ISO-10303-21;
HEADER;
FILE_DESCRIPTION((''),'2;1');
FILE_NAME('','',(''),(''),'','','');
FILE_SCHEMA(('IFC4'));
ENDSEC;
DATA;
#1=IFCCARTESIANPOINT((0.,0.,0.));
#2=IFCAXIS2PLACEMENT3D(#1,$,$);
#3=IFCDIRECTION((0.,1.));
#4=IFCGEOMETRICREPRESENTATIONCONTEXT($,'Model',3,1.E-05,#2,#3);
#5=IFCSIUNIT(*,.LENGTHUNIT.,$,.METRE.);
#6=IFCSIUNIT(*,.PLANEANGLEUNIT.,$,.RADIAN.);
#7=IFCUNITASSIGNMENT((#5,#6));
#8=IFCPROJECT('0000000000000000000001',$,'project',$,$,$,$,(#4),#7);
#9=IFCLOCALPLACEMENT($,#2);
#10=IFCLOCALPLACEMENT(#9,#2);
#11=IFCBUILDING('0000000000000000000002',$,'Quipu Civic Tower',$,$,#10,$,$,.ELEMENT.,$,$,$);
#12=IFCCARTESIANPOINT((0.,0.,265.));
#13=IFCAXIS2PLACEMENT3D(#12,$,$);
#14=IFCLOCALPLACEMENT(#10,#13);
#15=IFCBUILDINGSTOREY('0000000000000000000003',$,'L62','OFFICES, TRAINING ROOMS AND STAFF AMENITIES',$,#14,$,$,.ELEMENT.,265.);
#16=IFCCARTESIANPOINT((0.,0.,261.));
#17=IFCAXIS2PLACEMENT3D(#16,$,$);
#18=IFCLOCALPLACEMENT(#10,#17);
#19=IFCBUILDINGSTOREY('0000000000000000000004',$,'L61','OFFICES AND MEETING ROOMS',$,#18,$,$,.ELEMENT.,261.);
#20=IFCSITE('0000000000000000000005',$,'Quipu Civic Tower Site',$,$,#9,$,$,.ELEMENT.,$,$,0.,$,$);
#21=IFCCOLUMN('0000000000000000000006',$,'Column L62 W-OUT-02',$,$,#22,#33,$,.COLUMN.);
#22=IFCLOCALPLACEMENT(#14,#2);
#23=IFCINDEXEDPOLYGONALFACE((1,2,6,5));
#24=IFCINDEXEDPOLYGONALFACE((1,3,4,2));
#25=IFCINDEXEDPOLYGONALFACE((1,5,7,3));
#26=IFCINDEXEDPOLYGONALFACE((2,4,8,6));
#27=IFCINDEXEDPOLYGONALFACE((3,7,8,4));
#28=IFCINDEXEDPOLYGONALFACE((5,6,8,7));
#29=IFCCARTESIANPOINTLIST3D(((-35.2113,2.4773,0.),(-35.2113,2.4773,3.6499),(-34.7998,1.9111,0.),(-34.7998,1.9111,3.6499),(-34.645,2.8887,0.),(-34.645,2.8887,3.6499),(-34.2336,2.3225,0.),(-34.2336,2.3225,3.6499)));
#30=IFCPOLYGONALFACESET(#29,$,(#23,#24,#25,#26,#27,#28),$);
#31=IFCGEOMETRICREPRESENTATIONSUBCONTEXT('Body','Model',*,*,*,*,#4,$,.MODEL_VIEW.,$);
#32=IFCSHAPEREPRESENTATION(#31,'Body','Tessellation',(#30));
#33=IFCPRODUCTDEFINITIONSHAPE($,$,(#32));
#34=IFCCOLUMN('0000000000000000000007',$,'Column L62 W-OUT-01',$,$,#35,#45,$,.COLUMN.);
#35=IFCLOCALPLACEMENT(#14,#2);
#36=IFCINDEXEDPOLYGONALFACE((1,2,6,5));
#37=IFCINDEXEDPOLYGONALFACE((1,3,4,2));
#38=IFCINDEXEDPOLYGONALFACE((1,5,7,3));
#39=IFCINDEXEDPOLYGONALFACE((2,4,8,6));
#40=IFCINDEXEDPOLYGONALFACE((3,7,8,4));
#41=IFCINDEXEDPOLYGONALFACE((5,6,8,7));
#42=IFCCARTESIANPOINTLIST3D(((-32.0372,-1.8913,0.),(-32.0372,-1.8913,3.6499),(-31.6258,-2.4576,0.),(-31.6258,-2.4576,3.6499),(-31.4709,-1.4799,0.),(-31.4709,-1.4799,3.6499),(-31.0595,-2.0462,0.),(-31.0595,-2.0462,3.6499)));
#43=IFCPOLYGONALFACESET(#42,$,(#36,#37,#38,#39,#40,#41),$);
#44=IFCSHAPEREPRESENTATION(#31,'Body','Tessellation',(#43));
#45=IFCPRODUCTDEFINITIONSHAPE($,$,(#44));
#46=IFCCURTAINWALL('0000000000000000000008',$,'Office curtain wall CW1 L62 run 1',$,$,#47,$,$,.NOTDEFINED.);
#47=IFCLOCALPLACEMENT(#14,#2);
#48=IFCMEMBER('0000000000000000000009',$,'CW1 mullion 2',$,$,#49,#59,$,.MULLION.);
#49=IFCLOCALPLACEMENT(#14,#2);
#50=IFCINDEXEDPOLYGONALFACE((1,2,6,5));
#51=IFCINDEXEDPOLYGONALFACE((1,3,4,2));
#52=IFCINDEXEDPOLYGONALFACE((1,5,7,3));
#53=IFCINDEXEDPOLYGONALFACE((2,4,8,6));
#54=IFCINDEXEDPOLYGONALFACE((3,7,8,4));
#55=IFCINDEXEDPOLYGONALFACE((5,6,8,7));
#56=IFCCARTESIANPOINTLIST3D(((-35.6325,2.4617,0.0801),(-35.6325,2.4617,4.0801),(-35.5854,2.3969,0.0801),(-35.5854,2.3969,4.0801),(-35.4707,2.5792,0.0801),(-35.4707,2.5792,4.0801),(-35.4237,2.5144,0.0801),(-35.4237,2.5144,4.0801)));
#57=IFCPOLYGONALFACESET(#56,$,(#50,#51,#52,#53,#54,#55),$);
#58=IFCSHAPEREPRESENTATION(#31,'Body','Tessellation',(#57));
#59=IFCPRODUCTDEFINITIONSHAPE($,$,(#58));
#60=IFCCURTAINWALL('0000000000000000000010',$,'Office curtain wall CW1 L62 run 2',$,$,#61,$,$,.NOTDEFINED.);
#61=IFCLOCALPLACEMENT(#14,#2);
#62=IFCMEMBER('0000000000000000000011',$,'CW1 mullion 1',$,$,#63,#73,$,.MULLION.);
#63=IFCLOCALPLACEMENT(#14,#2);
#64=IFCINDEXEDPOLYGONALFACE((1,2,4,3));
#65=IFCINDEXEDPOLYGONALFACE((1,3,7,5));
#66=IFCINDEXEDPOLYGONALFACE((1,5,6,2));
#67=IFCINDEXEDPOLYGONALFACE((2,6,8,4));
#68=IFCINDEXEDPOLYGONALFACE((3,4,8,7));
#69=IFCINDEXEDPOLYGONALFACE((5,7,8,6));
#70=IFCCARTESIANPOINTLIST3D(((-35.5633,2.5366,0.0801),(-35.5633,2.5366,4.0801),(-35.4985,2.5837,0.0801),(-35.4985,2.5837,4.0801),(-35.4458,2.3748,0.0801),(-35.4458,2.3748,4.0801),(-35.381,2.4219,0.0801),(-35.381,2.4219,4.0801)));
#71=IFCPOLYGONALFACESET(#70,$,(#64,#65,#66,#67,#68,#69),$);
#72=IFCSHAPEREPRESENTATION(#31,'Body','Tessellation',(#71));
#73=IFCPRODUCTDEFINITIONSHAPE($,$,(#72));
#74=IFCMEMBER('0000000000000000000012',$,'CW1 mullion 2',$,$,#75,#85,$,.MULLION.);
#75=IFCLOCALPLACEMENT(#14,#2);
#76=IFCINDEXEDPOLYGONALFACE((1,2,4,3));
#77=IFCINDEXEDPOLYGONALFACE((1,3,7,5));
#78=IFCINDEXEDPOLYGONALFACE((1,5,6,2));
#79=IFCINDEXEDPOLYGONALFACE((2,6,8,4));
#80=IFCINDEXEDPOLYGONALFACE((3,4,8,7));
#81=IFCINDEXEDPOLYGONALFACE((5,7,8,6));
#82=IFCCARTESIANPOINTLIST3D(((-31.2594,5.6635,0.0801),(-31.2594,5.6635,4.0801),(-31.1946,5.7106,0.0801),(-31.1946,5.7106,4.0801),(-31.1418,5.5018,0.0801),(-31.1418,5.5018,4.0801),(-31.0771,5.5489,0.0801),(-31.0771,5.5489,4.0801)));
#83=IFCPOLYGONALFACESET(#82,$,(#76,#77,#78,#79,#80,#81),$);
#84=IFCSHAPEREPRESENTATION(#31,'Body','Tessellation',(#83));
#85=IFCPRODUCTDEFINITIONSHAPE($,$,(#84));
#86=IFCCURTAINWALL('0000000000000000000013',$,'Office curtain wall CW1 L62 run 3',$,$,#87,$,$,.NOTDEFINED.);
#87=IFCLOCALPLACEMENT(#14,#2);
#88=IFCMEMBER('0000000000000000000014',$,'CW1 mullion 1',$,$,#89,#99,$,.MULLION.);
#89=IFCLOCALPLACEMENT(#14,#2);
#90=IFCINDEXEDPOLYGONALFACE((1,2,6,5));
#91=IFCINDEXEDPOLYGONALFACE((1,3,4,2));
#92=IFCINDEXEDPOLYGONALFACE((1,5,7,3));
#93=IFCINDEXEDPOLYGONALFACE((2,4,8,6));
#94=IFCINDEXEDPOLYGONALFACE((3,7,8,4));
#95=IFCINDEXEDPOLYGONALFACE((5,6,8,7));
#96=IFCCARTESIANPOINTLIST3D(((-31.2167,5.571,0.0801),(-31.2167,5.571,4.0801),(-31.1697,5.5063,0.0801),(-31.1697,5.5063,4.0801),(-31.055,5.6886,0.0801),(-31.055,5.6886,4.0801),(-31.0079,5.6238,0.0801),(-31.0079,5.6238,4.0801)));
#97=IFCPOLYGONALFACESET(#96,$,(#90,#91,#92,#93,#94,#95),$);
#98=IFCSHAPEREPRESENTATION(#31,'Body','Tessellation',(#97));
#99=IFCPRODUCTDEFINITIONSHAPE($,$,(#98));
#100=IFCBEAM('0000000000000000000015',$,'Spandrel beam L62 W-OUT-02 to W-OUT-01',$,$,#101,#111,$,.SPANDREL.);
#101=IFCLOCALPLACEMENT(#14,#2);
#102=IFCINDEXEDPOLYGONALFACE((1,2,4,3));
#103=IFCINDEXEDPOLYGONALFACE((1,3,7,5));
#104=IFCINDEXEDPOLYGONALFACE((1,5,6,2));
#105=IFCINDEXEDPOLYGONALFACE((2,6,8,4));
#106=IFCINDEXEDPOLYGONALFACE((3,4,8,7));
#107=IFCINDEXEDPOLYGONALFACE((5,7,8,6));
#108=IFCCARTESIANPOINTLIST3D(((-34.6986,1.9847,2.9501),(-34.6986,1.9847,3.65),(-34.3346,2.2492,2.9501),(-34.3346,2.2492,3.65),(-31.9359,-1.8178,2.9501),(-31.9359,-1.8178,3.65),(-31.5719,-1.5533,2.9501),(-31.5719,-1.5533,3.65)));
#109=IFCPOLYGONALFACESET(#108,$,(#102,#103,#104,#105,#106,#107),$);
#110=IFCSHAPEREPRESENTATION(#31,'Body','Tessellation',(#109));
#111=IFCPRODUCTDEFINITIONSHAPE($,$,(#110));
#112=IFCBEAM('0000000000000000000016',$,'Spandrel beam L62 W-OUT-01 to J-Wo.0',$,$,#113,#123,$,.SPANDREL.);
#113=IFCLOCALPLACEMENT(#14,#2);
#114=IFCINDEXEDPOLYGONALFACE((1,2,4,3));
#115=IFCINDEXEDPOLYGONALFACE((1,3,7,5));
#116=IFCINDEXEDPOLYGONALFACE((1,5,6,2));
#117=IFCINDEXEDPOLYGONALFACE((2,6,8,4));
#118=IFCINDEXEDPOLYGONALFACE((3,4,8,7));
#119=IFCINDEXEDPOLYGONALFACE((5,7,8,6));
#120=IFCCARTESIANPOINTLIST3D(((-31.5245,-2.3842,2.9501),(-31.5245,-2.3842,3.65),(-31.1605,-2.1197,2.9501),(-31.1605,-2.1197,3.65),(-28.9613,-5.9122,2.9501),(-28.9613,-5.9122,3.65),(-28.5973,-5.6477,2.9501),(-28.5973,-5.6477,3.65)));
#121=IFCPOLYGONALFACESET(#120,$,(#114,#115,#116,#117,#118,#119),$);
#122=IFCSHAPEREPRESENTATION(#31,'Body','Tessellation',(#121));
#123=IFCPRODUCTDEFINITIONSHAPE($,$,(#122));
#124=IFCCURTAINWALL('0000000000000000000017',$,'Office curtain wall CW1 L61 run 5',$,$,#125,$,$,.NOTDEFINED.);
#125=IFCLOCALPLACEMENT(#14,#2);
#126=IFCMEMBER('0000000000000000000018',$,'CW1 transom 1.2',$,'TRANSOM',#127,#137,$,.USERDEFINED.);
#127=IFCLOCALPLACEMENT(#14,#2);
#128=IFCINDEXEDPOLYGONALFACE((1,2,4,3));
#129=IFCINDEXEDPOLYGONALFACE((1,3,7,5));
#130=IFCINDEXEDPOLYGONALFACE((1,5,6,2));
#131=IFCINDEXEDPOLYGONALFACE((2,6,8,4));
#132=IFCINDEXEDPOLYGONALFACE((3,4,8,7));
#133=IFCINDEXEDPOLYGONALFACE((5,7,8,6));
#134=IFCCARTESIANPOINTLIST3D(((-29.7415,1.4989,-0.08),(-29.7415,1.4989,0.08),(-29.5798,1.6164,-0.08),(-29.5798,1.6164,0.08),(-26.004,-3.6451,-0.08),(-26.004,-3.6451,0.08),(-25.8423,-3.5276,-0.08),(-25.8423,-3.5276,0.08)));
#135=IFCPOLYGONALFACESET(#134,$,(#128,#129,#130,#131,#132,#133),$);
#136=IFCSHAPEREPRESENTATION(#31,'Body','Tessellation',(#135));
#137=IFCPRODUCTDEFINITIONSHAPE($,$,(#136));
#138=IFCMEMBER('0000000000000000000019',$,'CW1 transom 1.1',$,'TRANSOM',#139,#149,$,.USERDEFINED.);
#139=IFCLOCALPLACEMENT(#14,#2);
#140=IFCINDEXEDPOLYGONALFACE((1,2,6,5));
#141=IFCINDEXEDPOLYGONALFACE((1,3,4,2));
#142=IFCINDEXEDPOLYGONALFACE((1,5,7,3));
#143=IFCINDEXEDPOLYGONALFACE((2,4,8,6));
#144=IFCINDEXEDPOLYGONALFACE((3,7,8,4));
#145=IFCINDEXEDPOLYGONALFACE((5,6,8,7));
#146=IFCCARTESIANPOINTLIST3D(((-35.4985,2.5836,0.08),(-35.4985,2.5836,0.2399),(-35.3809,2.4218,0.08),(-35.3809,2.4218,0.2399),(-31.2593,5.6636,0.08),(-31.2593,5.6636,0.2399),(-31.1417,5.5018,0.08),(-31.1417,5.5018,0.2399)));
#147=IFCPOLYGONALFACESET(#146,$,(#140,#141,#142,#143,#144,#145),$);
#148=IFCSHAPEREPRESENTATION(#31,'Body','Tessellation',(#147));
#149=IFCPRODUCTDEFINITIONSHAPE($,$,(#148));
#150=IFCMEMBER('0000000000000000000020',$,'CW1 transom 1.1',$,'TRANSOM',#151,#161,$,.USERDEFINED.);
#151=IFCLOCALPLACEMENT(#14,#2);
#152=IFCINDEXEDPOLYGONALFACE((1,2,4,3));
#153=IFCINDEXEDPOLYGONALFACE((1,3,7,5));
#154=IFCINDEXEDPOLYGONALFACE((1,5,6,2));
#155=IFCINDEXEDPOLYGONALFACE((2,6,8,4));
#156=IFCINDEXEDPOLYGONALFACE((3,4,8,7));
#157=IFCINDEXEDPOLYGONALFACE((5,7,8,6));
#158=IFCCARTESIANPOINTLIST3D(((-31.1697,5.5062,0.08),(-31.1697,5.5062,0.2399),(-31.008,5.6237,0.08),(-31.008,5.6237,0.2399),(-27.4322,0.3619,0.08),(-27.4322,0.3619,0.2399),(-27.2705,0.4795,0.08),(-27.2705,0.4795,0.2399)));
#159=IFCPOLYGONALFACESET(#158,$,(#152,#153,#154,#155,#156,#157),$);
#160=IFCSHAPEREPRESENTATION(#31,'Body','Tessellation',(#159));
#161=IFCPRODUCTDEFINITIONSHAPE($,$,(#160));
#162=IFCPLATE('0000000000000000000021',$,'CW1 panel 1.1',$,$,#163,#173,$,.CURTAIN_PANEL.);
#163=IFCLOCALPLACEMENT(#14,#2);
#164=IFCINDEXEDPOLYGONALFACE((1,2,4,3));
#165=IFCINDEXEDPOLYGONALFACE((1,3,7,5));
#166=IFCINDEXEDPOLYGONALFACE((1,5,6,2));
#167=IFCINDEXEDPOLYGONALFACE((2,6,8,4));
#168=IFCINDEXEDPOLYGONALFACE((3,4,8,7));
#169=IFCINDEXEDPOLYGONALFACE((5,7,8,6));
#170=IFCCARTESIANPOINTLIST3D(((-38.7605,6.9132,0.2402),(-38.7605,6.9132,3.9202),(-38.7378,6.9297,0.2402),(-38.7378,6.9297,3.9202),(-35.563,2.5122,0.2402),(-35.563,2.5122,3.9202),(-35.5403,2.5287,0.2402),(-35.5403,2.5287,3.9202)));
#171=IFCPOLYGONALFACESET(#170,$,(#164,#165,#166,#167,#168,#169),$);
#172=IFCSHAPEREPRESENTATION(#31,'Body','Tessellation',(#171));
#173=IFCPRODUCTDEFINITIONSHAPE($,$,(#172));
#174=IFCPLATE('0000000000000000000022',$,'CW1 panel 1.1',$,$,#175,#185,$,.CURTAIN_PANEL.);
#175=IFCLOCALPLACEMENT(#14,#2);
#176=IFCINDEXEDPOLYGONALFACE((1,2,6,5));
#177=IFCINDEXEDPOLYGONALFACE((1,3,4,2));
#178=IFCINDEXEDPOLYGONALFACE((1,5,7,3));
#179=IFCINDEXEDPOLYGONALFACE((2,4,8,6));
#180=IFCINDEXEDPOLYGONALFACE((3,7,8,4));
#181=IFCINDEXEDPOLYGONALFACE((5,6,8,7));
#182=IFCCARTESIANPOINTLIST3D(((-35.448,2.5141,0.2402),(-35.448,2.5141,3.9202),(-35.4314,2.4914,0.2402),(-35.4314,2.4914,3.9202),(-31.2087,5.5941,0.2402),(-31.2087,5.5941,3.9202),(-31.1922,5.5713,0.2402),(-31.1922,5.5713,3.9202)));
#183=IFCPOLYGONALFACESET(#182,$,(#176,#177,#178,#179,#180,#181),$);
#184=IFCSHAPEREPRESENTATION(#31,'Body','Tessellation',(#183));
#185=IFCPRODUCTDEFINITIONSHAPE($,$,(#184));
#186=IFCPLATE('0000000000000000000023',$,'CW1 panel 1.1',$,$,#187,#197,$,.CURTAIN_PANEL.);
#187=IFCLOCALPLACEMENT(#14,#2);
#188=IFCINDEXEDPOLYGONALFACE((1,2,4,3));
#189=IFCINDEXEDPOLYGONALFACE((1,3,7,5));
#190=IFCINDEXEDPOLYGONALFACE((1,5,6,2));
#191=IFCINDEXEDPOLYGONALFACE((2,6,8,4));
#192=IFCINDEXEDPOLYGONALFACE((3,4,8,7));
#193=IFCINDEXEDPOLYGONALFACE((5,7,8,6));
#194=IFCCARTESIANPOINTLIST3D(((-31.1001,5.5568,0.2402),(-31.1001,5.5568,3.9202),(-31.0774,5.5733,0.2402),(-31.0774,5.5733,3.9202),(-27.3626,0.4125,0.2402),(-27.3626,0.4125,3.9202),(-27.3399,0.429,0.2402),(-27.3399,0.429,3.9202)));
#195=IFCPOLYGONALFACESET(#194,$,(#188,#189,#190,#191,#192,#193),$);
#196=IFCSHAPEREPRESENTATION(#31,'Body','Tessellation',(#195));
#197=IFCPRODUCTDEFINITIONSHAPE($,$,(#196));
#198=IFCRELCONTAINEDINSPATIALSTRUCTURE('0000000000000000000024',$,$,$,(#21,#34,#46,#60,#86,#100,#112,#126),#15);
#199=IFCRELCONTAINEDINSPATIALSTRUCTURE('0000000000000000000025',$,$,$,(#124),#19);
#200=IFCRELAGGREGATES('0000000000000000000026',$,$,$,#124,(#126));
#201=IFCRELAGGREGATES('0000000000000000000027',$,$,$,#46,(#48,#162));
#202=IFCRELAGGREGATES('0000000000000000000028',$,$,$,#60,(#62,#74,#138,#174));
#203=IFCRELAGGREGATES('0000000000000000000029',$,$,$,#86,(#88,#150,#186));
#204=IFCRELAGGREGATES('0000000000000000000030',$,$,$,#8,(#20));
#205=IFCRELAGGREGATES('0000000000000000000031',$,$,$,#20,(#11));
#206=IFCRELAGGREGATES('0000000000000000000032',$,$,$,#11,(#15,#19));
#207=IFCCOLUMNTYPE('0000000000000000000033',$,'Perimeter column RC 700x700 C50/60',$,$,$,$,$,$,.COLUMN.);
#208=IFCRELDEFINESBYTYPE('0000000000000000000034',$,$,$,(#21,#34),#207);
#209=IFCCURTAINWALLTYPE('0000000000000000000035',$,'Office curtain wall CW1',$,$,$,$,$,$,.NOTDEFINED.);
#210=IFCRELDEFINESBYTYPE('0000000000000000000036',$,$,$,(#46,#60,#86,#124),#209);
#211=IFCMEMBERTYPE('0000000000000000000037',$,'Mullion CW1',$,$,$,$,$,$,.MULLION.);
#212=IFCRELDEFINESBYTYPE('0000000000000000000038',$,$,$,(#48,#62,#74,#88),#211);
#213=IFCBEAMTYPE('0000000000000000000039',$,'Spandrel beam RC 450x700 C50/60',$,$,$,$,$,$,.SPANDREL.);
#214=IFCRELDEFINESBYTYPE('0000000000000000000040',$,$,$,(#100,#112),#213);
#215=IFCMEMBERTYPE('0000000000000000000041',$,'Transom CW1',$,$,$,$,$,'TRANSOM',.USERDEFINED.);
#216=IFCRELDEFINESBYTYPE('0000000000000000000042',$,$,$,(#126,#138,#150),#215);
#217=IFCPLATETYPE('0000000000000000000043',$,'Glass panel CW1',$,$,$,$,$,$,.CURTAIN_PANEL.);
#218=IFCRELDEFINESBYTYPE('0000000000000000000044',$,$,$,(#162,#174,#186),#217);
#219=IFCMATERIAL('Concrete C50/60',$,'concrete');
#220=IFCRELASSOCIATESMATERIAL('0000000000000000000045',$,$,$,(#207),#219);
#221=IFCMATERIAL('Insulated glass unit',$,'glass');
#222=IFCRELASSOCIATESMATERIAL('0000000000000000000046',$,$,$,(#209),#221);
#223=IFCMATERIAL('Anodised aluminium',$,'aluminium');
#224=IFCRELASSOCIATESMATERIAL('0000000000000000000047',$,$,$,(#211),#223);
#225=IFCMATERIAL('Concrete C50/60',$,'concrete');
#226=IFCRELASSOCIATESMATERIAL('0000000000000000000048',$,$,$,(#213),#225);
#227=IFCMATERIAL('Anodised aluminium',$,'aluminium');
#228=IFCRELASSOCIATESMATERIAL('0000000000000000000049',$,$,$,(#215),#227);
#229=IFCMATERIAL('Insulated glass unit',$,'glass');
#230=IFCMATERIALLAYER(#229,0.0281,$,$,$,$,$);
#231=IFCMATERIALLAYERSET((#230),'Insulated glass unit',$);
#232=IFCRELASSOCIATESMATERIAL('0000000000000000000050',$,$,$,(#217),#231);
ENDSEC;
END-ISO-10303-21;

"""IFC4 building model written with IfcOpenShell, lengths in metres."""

from ifc_helpers import new_model, si_unit, direction, frame, origin, origin_2d, place, context, subcontext, project, spatial, rectangle, extrude, material, layer, layer_set, material_profile, profile_set, type_object, element, aggregate, save


model = new_model("IFC4")

# Units and contexts
model_context = context("Model", 3, precision=1e-05, world=origin(), true_north=direction((0.0, 1.0)))
body_context = subcontext(model_context, "Body", "Model", "MODEL_VIEW")
ifc_project = project(units=[si_unit("LENGTHUNIT", "METRE"), si_unit("PLANEANGLEUNIT", "RADIAN")], contexts=[model_context])

# Site, building, storey
site_placement = place(None, origin())
site = spatial("IfcSite", under=ifc_project, at=site_placement, Name="Quipu Civic Tower Site", CompositionType="ELEMENT", RefElevation=0.0)
building_placement = place(site_placement, origin())
building = spatial("IfcBuilding", under=site, at=building_placement, Name="Quipu Civic Tower", CompositionType="ELEMENT")
storey_1_placement = place(building_placement, frame((0.0, 0.0, 265.0)))
storey_1 = spatial("IfcBuildingStorey", under=building, at=storey_1_placement, Name="L62", Description="OFFICES, TRAINING ROOMS AND STAFF AMENITIES", CompositionType="ELEMENT", Elevation=265.0)

# Columns
ifc_material_1 = material(Name="Concrete C50/60", Category="concrete")
ifc_material_profile_1 = material_profile(ifc_material_1, rectangle(XDim=0.7, YDim=0.7, at=origin_2d()), Name="RC700x700")
ifc_profile_set_1 = profile_set([ifc_material_profile_1], Name="Concrete C50/60")
column_type = type_object("IfcColumnType", Name="Perimeter column RC 700x700 C50/60", PredefinedType="COLUMN", material=ifc_profile_set_1)
for number, where, z_axis, x_axis, name in (
    (1, (-34.7224, 2.3999, 0.0), (0.0, 0.0, 1.0), (0.587785, -0.809017, 0.0), "Column L62 W-OUT-02"),
    (2, (-31.5483, -1.9688, 0.0), (0.0, 0.0, 1.0), (0.587785, -0.809017, 0.0), "Column L62 W-OUT-01"),
):
    element("IfcColumn", number, at=place(storey_1_placement, frame(where, z_axis=z_axis, x_axis=x_axis)), inside=storey_1, type_object=column_type, Name=name, PredefinedType="COLUMN", context=body_context, shape_type="SweptSolid", body=[
        extrude(rectangle(XDim=0.7, YDim=0.7, at=origin_2d()), origin(), (0.0, 0.0, 1.0), 3.6499),
    ])

# Curtain wall, member
ifc_material_2 = material(Name="Insulated glass unit", Category="glass")
curtain_wall_type = type_object("IfcCurtainWallType", Name="Office curtain wall CW1", PredefinedType="NOTDEFINED", material=ifc_material_2)
curtain_wall_1_placement = place(storey_1_placement, origin())
curtain_wall_1 = element("IfcCurtainWall", 3, at=curtain_wall_1_placement, inside=storey_1, type_object=curtain_wall_type, Name="Office curtain wall CW1 L62 run 1", PredefinedType="NOTDEFINED")
ifc_material_3 = material(Name="Anodised aluminium", Category="aluminium")
ifc_material_profile_2 = material_profile(ifc_material_3, rectangle(XDim=0.2, YDim=0.0801, at=origin_2d()), Name="RECT 200x80")
ifc_profile_set_2 = profile_set([ifc_material_profile_2], Name="Anodised aluminium")
member_type_1 = type_object("IfcMemberType", Name="Mullion CW1", PredefinedType="MULLION", material=ifc_profile_set_2)
member_1_placement = place(storey_1_placement, frame((-35.5281, 2.488, 0.0801), z_axis=(0.0, 0.0, 1.0), x_axis=(0.809011, 0.587794, 0.0)))
member_1 = element("IfcMember", 4, at=member_1_placement, type_object=member_type_1, Name="CW1 mullion 2", PredefinedType="MULLION", context=body_context, shape_type="SweptSolid", body=[
    extrude(rectangle(XDim=0.2, YDim=0.0801, at=origin_2d()), origin(), (0.0, 0.0, 1.0), 4.0),
])

# Curtain wall, members
curtain_wall_2_placement = place(storey_1_placement, origin())
curtain_wall_2 = element("IfcCurtainWall", 5, at=curtain_wall_2_placement, inside=storey_1, type_object=curtain_wall_type, Name="Office curtain wall CW1 L62 run 2", PredefinedType="NOTDEFINED")
member_2_placement = place(storey_1_placement, frame((-35.4722, 2.4792, 0.0801), z_axis=(0.0, 0.0, 1.0), x_axis=(-0.58778, 0.809021, 0.0)))
member_2 = element("IfcMember", 6, at=member_2_placement, type_object=member_type_1, Name="CW1 mullion 1", PredefinedType="MULLION", context=body_context, shape_type="SweptSolid", body=[
    extrude(rectangle(XDim=0.2, YDim=0.0801, at=origin_2d()), origin(), (0.0, 0.0, 1.0), 4.0),
])
member_3_placement = place(storey_1_placement, frame((-31.1682, 5.6062, 0.0801), z_axis=(0.0, 0.0, 1.0), x_axis=(-0.58778, 0.809021, 0.0)))
member_3 = element("IfcMember", 7, at=member_3_placement, type_object=member_type_1, Name="CW1 mullion 2", PredefinedType="MULLION", context=body_context, shape_type="SweptSolid", body=[
    extrude(rectangle(XDim=0.2, YDim=0.0801, at=origin_2d()), origin(), (0.0, 0.0, 1.0), 4.0),
])

# Curtain wall, member
curtain_wall_3_placement = place(storey_1_placement, origin())
curtain_wall_3 = element("IfcCurtainWall", 8, at=curtain_wall_3_placement, inside=storey_1, type_object=curtain_wall_type, Name="Office curtain wall CW1 L62 run 3", PredefinedType="NOTDEFINED")
member_4_placement = place(storey_1_placement, frame((-31.1123, 5.5974, 0.0801), z_axis=(0.0, 0.0, 1.0), x_axis=(0.809022, 0.587778, 0.0)))
member_4 = element("IfcMember", 9, at=member_4_placement, type_object=member_type_1, Name="CW1 mullion 1", PredefinedType="MULLION", context=body_context, shape_type="SweptSolid", body=[
    extrude(rectangle(XDim=0.2, YDim=0.0801, at=origin_2d()), origin(), (0.0, 0.0, 1.0), 4.0),
])

# Beams
ifc_material_4 = material(Name="Concrete C50/60", Category="concrete")
ifc_material_profile_3 = material_profile(ifc_material_4, rectangle(XDim=0.45, YDim=0.7, at=origin_2d()), Name="RC450x700")
ifc_profile_set_3 = profile_set([ifc_material_profile_3], Name="Concrete C50/60")
beam_type = type_object("IfcBeamType", Name="Spandrel beam RC 450x700 C50/60", PredefinedType="SPANDREL", material=ifc_profile_set_3)
beam_1_placement = place(storey_1_placement, frame((-34.5166, 2.1169, 3.3), z_axis=(0.587789, -0.809015, 0.0), x_axis=(0.809015, 0.587789, 0.0)))
element("IfcBeam", 10, at=beam_1_placement, inside=storey_1, type_object=beam_type, Name="Spandrel beam L62 W-OUT-02 to W-OUT-01", PredefinedType="SPANDREL", context=body_context, shape_type="SweptSolid", body=[
    extrude(rectangle(XDim=0.45, YDim=0.7, at=origin_2d()), origin(), (0.0, 0.0, 1.0), 4.7002),
])
beam_2_placement = place(storey_1_placement, frame((-31.3425, -2.252, 3.3), z_axis=(0.587776, -0.809024, 0.0), x_axis=(0.809024, 0.587776, 0.0)))
element("IfcBeam", 11, at=beam_2_placement, inside=storey_1, type_object=beam_type, Name="Spandrel beam L62 W-OUT-01 to J-Wo.0", PredefinedType="SPANDREL", context=body_context, shape_type="SweptSolid", body=[
    extrude(rectangle(XDim=0.45, YDim=0.7, at=origin_2d()), origin(), (0.0, 0.0, 1.0), 4.3608),
])

# Shared definitions
storey_2_placement = place(building_placement, frame((0.0, 0.0, 261.0)))
storey_2 = spatial("IfcBuildingStorey", under=building, at=storey_2_placement, Name="L61", Description="OFFICES AND MEETING ROOMS", CompositionType="ELEMENT", Elevation=261.0)

# Curtain wall, member
curtain_wall_4_placement = place(storey_2_placement, origin())
curtain_wall_4 = element("IfcCurtainWall", 12, at=curtain_wall_4_placement, inside=storey_2, type_object=curtain_wall_type, Name="Office curtain wall CW1 L61 run 5", PredefinedType="NOTDEFINED")
ifc_material_5 = material(Name="Anodised aluminium", Category="aluminium")
ifc_material_profile_4 = material_profile(ifc_material_5, rectangle(XDim=0.2, YDim=0.1599, at=origin_2d()), Name="RECT 200x160")
ifc_profile_set_4 = profile_set([ifc_material_profile_4], Name="Anodised aluminium")
member_type_2 = type_object("IfcMemberType", Name="Transom CW1", ElementType="TRANSOM", PredefinedType="USERDEFINED", material=ifc_profile_set_4)
member_5_placement = place(storey_1_placement, frame((-29.6606, 1.5576, 0.0), z_axis=(0.587804, -0.809003, 0.0), x_axis=(0.809003, 0.587804, 0.0)))
member_5 = element("IfcMember", 13, at=member_5_placement, inside=storey_1, type_object=member_type_2, Name="CW1 transom 1.2", ObjectType="TRANSOM", PredefinedType="USERDEFINED", context=body_context, shape_type="SweptSolid", body=[
    extrude(rectangle(XDim=0.2, YDim=0.1599, at=origin_2d()), origin(), (0.0, 0.0, 1.0), 6.3584),
])
aggregate(curtain_wall_4, [member_5])

# Members
member_6_placement = place(storey_1_placement, frame((-35.4397, 2.5027, 0.1599), z_axis=(0.80901, 0.587795, 0.0), x_axis=(-0.587795, 0.80901, 0.0)))
member_6 = element("IfcMember", 14, at=member_6_placement, type_object=member_type_2, Name="CW1 transom 1.1", ObjectType="TRANSOM", PredefinedType="USERDEFINED", context=body_context, shape_type="SweptSolid", body=[
    extrude(rectangle(XDim=0.2, YDim=0.1599, at=origin_2d()), origin(), (0.0, 0.0, 1.0), 5.24),
])
member_7_placement = place(storey_1_placement, frame((-31.0889, 5.5649, 0.1599), z_axis=(0.587786, -0.809017, 0.0), x_axis=(0.809017, 0.587786, 0.0)))
member_7 = element("IfcMember", 15, at=member_7_placement, type_object=member_type_2, Name="CW1 transom 1.1", ObjectType="TRANSOM", PredefinedType="USERDEFINED", context=body_context, shape_type="SweptSolid", body=[
    extrude(rectangle(XDim=0.2, YDim=0.1599, at=origin_2d()), origin(), (0.0, 0.0, 1.0), 6.3586),
])

# Plates
ifc_material_6 = material(Name="Insulated glass unit", Category="glass")
ifc_layer = layer(ifc_material_6, 0.0281)
ifc_layer_set = layer_set([ifc_layer], Name="Insulated glass unit")
plate_type_1 = type_object("IfcPlateType", Name="Glass panel CW1", PredefinedType="CURTAIN_PANEL", material=ifc_layer_set)
plate_1_placement = place(storey_1_placement, frame((-37.1504, 4.7209, 0.2402), z_axis=(0.0, 0.0, 1.0), x_axis=(0.587794, -0.809011, 0.0)))
plate_1 = element("IfcPlate", 16, at=plate_1_placement, type_object=plate_type_1, Name="CW1 panel 1.1", PredefinedType="CURTAIN_PANEL", context=body_context, shape_type="SweptSolid", body=[
    extrude(rectangle(XDim=5.4399, YDim=0.0281, at=origin_2d()), origin(), (0.0, 0.0, 1.0), 3.6799),
])
aggregate(curtain_wall_1, [member_1, plate_1])
plate_2_placement = place(storey_1_placement, frame((-33.3201, 4.0427, 0.2402), z_axis=(0.0, 0.0, 1.0), x_axis=(0.809021, 0.58778, 0.0)))
plate_2 = element("IfcPlate", 17, at=plate_2_placement, type_object=plate_type_1, Name="CW1 panel 1.1", PredefinedType="CURTAIN_PANEL", context=body_context, shape_type="SweptSolid", body=[
    extrude(rectangle(XDim=5.24, YDim=0.0281, at=origin_2d()), origin(), (0.0, 0.0, 1.0), 3.6799),
])
aggregate(curtain_wall_2, [member_2, member_3, member_6, plate_2])
plate_3_placement = place(storey_1_placement, frame((-29.22, 2.9929, 0.2402), z_axis=(0.0, 0.0, 1.0), x_axis=(0.587778, -0.809022, 0.0)))
plate_3 = element("IfcPlate", 18, at=plate_3_placement, type_object=plate_type_1, Name="CW1 panel 1.1", PredefinedType="CURTAIN_PANEL", context=body_context, shape_type="SweptSolid", body=[
    extrude(rectangle(XDim=6.3586, YDim=0.0281, at=origin_2d()), origin(), (0.0, 0.0, 1.0), 3.6799),
])
aggregate(curtain_wall_3, [member_4, member_7, plate_3])

save(model, "model.ifc")
